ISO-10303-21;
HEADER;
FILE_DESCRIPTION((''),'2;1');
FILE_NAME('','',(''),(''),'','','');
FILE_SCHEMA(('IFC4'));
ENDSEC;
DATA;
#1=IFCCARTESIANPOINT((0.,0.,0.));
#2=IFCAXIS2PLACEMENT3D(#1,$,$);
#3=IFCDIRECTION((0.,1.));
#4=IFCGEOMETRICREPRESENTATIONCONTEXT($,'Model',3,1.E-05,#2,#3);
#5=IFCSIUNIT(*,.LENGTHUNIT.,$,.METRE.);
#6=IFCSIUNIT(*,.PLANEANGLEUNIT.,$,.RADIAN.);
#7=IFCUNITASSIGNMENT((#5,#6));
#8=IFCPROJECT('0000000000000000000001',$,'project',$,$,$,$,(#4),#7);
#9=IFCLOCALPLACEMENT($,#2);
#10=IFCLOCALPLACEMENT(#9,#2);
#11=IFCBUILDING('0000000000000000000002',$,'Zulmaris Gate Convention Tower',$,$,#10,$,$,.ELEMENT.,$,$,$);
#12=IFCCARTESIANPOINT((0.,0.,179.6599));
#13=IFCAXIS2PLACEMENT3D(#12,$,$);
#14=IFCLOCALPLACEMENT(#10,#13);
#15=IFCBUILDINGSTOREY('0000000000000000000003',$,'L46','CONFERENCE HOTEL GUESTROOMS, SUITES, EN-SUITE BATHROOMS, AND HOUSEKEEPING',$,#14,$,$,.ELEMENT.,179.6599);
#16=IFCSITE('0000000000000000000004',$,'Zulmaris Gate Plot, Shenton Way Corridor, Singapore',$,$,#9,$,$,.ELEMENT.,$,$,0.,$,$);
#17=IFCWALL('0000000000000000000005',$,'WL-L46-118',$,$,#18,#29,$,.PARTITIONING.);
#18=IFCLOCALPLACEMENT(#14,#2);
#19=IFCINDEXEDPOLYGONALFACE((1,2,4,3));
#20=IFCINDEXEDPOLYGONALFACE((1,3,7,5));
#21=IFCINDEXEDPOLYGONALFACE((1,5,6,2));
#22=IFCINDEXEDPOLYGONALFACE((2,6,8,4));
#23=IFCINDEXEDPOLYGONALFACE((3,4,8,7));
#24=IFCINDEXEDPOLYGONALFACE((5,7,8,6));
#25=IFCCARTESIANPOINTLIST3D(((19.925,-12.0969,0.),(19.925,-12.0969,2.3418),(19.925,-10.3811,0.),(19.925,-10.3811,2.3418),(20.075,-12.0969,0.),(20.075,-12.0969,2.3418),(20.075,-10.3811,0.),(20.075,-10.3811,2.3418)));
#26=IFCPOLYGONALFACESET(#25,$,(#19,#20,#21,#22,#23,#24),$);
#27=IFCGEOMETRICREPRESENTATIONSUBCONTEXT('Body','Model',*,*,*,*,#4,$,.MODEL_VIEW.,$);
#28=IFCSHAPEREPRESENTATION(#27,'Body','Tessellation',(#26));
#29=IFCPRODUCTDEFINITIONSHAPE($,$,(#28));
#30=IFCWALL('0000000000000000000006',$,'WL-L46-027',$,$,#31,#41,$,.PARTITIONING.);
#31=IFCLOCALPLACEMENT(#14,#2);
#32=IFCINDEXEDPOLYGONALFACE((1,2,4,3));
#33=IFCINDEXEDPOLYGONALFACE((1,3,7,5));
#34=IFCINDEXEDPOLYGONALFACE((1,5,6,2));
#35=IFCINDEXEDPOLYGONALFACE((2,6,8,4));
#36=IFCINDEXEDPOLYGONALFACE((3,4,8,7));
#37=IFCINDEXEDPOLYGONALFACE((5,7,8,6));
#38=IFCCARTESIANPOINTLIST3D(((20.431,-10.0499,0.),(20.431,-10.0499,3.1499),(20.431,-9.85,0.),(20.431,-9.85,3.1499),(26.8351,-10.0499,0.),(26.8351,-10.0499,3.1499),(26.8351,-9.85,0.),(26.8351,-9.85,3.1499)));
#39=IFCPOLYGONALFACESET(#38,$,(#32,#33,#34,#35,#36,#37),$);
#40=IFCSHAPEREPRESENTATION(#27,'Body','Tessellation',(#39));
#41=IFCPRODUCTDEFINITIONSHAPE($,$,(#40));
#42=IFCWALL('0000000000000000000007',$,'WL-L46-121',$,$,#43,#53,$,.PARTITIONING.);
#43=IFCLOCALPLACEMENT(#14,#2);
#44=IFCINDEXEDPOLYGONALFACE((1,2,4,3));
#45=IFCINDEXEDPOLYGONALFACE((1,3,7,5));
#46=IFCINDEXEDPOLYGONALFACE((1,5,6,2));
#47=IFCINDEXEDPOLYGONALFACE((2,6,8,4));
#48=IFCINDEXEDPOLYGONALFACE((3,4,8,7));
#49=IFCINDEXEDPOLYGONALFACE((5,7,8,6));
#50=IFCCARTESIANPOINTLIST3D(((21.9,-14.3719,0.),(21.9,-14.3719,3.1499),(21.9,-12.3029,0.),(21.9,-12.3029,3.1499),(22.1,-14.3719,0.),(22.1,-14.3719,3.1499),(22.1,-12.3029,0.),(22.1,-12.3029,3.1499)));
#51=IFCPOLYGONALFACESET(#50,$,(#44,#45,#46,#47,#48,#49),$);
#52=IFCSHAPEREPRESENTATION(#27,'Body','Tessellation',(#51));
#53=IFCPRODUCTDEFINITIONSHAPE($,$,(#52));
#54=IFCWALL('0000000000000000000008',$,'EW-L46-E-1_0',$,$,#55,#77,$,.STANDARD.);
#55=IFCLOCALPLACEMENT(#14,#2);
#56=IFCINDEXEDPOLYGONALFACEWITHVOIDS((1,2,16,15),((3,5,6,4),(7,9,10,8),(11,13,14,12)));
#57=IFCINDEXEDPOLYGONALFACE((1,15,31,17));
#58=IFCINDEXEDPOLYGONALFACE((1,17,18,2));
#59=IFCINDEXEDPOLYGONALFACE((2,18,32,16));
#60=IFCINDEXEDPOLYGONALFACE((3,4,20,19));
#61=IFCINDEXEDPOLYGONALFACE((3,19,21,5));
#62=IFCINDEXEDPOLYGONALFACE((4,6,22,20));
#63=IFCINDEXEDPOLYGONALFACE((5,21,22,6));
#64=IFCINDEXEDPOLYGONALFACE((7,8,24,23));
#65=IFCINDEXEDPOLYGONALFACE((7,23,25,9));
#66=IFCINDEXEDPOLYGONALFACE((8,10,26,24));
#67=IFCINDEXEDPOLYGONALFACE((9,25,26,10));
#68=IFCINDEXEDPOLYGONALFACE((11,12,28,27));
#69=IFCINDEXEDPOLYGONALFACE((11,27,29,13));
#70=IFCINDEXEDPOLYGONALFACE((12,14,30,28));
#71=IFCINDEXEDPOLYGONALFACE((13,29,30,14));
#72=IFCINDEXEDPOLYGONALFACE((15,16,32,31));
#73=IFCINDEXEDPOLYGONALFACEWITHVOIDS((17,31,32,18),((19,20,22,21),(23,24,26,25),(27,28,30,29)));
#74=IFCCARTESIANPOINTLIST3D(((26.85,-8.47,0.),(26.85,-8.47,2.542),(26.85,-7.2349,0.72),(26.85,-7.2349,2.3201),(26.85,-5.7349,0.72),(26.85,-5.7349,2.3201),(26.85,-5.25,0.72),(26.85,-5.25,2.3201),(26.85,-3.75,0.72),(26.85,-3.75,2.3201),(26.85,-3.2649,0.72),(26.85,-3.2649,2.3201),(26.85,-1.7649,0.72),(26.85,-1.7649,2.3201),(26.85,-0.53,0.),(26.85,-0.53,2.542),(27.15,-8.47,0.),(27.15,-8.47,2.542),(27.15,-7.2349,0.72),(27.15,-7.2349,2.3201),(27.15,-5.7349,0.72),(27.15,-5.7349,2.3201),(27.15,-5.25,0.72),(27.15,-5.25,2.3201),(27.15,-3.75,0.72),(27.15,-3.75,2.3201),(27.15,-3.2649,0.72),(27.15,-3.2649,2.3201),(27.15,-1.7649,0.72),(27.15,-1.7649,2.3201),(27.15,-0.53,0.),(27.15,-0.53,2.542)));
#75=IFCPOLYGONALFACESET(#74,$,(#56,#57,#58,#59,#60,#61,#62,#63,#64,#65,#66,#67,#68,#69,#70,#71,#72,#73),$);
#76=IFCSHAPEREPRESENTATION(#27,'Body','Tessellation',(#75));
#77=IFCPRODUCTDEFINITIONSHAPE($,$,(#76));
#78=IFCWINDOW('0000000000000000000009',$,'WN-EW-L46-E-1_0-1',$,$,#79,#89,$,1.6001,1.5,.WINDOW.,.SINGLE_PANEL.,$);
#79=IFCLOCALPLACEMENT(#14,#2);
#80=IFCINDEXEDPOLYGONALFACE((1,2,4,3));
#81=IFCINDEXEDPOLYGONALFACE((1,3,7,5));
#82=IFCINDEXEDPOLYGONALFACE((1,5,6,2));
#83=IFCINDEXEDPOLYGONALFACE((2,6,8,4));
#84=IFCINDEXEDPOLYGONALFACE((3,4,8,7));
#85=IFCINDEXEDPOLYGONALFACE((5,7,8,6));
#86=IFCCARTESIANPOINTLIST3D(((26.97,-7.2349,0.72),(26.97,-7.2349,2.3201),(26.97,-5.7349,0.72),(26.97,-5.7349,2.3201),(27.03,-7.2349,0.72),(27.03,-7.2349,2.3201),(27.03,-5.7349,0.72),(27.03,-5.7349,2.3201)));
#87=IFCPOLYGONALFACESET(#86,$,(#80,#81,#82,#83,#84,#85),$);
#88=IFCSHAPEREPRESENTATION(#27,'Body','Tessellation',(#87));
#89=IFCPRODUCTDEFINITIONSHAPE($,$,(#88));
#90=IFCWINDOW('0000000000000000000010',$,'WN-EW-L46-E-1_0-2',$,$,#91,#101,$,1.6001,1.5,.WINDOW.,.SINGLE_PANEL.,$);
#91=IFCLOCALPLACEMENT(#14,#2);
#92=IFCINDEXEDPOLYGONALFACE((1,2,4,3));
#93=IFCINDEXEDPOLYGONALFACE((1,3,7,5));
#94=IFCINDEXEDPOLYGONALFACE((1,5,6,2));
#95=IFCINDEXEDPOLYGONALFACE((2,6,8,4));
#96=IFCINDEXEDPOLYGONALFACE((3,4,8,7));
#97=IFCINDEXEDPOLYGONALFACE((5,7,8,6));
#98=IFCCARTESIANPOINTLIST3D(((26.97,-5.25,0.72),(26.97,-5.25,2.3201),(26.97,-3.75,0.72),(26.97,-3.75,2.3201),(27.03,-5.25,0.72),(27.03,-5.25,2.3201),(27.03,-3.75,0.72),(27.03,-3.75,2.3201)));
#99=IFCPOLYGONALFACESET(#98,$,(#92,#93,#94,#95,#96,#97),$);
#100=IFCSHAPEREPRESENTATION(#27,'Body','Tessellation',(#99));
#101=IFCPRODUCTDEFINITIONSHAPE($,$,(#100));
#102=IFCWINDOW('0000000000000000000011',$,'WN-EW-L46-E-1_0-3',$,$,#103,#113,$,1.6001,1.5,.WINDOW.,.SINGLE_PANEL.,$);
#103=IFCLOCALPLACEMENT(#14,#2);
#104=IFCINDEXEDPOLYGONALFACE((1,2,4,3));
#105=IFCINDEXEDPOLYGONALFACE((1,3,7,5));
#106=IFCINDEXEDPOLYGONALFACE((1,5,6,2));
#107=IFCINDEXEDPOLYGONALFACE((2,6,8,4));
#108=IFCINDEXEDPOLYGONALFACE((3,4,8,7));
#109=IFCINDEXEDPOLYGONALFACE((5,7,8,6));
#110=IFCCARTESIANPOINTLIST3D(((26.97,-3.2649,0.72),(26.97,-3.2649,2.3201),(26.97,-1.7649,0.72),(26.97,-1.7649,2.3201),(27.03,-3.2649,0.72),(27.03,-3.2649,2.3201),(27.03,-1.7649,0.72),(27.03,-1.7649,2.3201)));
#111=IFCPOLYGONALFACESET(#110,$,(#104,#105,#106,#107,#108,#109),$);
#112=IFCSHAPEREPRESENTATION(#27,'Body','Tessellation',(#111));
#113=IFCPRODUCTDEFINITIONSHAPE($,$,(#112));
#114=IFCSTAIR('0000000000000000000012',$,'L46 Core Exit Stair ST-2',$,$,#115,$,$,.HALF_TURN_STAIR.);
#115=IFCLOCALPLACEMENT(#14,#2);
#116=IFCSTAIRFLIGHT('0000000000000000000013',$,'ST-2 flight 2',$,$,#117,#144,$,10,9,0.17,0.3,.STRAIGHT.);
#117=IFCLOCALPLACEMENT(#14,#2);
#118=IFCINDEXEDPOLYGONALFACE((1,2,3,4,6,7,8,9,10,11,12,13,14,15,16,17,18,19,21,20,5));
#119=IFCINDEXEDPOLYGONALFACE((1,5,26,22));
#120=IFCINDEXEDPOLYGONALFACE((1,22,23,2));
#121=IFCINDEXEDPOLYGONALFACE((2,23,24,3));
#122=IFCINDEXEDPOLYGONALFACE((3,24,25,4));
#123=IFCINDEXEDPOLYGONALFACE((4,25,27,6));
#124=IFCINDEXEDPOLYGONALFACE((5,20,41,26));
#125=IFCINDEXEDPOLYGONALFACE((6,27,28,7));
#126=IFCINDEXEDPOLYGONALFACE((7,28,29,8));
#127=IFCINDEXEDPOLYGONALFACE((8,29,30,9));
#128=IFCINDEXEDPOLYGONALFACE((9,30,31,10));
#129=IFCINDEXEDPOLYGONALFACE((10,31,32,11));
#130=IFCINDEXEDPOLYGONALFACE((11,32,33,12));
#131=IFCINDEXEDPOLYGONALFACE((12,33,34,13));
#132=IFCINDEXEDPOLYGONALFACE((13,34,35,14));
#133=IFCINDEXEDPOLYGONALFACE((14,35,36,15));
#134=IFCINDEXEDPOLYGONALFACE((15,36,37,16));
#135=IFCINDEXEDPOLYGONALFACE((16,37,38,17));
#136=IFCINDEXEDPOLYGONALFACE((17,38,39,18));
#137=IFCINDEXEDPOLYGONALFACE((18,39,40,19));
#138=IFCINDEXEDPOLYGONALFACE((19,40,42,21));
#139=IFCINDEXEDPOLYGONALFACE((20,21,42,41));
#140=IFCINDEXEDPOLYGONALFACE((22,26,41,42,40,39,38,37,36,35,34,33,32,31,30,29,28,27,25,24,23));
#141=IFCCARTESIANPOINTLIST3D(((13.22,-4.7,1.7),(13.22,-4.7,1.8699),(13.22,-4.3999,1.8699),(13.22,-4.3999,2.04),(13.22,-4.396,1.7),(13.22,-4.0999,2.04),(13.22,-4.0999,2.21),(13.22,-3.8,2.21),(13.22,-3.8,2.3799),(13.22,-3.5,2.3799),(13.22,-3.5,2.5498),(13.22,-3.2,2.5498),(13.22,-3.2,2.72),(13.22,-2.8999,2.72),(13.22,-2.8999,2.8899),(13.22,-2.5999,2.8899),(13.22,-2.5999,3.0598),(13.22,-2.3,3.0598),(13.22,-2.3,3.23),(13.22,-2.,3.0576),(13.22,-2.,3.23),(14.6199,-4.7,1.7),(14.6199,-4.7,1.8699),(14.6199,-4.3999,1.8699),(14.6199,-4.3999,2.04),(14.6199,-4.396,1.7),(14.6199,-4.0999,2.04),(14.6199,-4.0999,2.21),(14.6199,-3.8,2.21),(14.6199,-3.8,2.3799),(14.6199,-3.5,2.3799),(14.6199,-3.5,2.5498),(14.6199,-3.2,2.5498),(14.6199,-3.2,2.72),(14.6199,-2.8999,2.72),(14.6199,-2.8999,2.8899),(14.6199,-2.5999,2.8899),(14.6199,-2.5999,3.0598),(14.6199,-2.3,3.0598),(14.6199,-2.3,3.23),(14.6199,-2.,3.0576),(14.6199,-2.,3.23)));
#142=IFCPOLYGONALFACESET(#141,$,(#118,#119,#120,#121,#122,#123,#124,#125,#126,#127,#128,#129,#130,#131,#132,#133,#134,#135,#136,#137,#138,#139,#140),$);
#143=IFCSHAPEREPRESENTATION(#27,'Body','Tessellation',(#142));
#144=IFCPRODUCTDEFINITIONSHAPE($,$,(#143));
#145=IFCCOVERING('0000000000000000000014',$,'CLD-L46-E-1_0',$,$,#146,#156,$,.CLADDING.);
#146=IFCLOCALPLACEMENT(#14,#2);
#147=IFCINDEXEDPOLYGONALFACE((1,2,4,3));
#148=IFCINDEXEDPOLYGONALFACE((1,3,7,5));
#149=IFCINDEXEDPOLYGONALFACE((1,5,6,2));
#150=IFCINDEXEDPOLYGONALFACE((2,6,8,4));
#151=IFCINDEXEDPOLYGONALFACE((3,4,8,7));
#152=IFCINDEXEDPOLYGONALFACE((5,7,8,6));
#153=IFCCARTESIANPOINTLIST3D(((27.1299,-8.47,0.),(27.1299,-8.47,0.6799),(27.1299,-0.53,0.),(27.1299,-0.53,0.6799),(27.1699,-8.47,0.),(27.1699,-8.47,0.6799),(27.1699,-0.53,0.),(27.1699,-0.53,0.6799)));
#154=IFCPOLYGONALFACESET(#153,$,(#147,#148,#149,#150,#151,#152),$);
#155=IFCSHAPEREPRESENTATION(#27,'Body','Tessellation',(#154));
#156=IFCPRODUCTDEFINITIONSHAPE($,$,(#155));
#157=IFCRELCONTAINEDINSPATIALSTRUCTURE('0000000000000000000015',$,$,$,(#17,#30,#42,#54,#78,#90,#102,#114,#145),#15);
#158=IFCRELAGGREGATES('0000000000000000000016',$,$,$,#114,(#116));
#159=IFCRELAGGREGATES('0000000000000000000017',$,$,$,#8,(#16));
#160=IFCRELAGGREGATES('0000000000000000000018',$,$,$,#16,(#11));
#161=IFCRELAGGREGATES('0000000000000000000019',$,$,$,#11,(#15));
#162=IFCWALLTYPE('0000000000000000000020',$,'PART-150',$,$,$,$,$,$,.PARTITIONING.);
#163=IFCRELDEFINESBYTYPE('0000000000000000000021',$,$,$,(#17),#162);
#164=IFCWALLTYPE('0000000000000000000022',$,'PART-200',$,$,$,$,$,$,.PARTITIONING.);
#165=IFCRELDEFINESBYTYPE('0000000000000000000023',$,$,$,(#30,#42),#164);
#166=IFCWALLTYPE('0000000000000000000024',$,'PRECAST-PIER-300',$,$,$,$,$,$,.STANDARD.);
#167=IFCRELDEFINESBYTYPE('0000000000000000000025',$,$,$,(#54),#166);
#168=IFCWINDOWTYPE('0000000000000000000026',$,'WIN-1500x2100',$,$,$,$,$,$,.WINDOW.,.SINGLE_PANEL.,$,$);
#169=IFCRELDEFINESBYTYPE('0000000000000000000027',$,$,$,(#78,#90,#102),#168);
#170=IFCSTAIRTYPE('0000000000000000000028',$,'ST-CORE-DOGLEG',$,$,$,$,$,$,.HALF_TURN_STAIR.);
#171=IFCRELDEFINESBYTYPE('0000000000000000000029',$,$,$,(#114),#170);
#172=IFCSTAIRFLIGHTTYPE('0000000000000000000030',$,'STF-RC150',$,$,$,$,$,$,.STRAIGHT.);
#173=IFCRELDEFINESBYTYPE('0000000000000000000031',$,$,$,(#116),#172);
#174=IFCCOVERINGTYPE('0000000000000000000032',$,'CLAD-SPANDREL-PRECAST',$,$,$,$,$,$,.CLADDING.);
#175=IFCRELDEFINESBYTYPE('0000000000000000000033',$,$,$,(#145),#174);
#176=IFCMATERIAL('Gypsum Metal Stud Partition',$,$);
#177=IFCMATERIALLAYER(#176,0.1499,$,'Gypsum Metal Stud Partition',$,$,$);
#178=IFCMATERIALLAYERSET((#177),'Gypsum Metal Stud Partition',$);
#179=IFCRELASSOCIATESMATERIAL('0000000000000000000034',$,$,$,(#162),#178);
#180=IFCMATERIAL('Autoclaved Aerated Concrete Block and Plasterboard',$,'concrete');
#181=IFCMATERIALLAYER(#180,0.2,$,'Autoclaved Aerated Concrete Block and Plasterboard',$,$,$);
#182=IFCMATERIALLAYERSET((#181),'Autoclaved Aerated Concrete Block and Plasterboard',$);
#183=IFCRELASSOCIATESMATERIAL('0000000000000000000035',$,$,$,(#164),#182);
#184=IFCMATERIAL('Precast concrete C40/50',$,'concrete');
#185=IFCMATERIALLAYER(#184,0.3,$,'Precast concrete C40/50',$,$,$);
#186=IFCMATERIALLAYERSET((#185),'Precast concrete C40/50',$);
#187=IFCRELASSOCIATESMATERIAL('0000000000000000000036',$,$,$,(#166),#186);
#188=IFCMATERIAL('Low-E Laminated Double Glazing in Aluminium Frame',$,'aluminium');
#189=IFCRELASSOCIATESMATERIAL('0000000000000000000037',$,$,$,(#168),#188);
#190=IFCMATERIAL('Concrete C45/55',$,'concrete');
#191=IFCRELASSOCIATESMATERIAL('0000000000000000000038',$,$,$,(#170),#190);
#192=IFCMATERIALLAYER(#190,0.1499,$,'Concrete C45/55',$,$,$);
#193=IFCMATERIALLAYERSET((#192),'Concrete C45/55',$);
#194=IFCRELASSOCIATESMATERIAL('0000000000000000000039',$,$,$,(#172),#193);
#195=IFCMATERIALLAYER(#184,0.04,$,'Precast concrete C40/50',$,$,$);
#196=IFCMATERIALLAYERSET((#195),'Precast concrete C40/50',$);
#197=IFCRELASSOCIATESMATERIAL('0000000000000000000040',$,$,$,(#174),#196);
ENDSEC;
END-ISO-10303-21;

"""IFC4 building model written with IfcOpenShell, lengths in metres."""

from ifc_helpers import new_model, si_unit, direction, frame, frame_2d, origin, place, context, subcontext, project, spatial, polyline, rectangle, outline, extrude, material, layer, layer_set, type_object, element, fill, aggregate, save


model = new_model("IFC4")

# Units and contexts
model_context = context("Model", 3, precision=1e-05, world=origin(), true_north=direction((0.0, 1.0)))
body_context = subcontext(model_context, "Body", "Model", "MODEL_VIEW")
ifc_project = project(units=[si_unit("LENGTHUNIT", "METRE"), si_unit("PLANEANGLEUNIT", "RADIAN")], contexts=[model_context])

# Site, building, storey
site_placement = place(None, origin())
site = spatial("IfcSite", under=ifc_project, at=site_placement, Name="Zulmaris Gate Plot, Shenton Way Corridor, Singapore", CompositionType="ELEMENT", RefElevation=0.0)
building_placement = place(site_placement, origin())
building = spatial("IfcBuilding", under=site, at=building_placement, Name="Zulmaris Gate Convention Tower", CompositionType="ELEMENT")
storey_placement = place(building_placement, frame((0.0, 0.0, 179.6599)))
storey = spatial("IfcBuildingStorey", under=building, at=storey_placement, Name="L46", Description="CONFERENCE HOTEL GUESTROOMS, SUITES, EN-SUITE BATHROOMS, AND HOUSEKEEPING", CompositionType="ELEMENT", Elevation=179.6599)

# Walls
ifc_material_1 = material(Name="Gypsum Metal Stud Partition")
ifc_layer_1 = layer(ifc_material_1, 0.1499, Name="Gypsum Metal Stud Partition")
ifc_layer_set_1 = layer_set([ifc_layer_1], Name="Gypsum Metal Stud Partition")
wall_type_1 = type_object("IfcWallType", Name="PART-150", PredefinedType="PARTITIONING", material=ifc_layer_set_1)
wall_1_placement = place(storey_placement, frame((20.0, -12.0969, 0.0), z_axis=(0.0, 0.0, 1.0), x_axis=(0.0, 1.0, 0.0)))
element("IfcWall", 1, at=wall_1_placement, inside=storey, type_object=wall_type_1, Name="WL-L46-118", PredefinedType="PARTITIONING", context=body_context, shape_type="SweptSolid", body=[
    extrude(rectangle(XDim=1.7158, YDim=0.1499, at=frame_2d((0.8579, 0.0))), origin(), (0.0, 0.0, 1.0), 2.3418),
])
ifc_material_2 = material(Name="Autoclaved Aerated Concrete Block and Plasterboard", Category="concrete")
ifc_layer_2 = layer(ifc_material_2, 0.2, Name="Autoclaved Aerated Concrete Block and Plasterboard")
ifc_layer_set_2 = layer_set([ifc_layer_2], Name="Autoclaved Aerated Concrete Block and Plasterboard")
wall_type_2 = type_object("IfcWallType", Name="PART-200", PredefinedType="PARTITIONING", material=ifc_layer_set_2)
wall_2_placement = place(storey_placement, frame((20.4309, -9.95, 0.0), z_axis=(0.0, 0.0, 1.0), x_axis=(1.0, 0.0, 0.0)))
element("IfcWall", 2, at=wall_2_placement, inside=storey, type_object=wall_type_2, Name="WL-L46-027", PredefinedType="PARTITIONING", context=body_context, shape_type="SweptSolid", body=[
    extrude(rectangle(XDim=6.4041, YDim=0.2, at=frame_2d((3.2021, 0.0))), origin(), (0.0, 0.0, 1.0), 3.1499),
])
wall_3_placement = place(storey_placement, frame((22.0, -14.3721, 0.0), z_axis=(0.0, 0.0, 1.0), x_axis=(0.0, 1.0, 0.0)))
element("IfcWall", 3, at=wall_3_placement, inside=storey, type_object=wall_type_2, Name="WL-L46-121", PredefinedType="PARTITIONING", context=body_context, shape_type="SweptSolid", body=[
    extrude(rectangle(XDim=2.0691, YDim=0.2, at=frame_2d((1.0347, 0.0))), origin(), (0.0, 0.0, 1.0), 3.1499),
])

# Wall, openings, windows
ifc_material_3 = material(Name="Precast concrete C40/50", Category="concrete")
ifc_layer_3 = layer(ifc_material_3, 0.3, Name="Precast concrete C40/50")
ifc_layer_set_3 = layer_set([ifc_layer_3], Name="Precast concrete C40/50")
wall_type_3 = type_object("IfcWallType", Name="PRECAST-PIER-300", PredefinedType="STANDARD", material=ifc_layer_set_3)
wall_4_placement = place(storey_placement, frame((27.0, -8.47, 0.0), z_axis=(0.0, 0.0, 1.0), x_axis=(0.0, 1.0, 0.0)))
wall_4 = element("IfcWall", 4, at=wall_4_placement, inside=storey, type_object=wall_type_3, Name="EW-L46-E-1_0", PredefinedType="STANDARD", context=body_context, shape_type="SweptSolid", body=[
    extrude(rectangle(XDim=7.9399, YDim=0.3, at=frame_2d((3.97, 0.0))), origin(), (0.0, 0.0, 1.0), 2.542),
])
opening_1_placement = place(wall_4_placement, frame((1.2351, 0.0, 0.72)))
opening_1 = element("IfcOpeningElement", 5, at=opening_1_placement, cuts=wall_4, PredefinedType="OPENING", context=body_context, shape_type="SweptSolid", body=[
    extrude(rectangle(XDim=1.5, YDim=1.6001, at=frame_2d((0.75, 0.8))), frame((0.0, 0.1602, 0.0), z_axis=(0.0, -1.0, 0.0), x_axis=(1.0, 0.0, 0.0)), (0.0, 0.0, 1.0), 0.3201),
])
opening_2_placement = place(wall_4_placement, frame((3.22, 0.0, 0.72)))
opening_2 = element("IfcOpeningElement", 6, at=opening_2_placement, cuts=wall_4, PredefinedType="OPENING", context=body_context, shape_type="SweptSolid", body=[
    extrude(rectangle(XDim=1.5, YDim=1.6001, at=frame_2d((0.75, 0.8))), frame((0.0, 0.1602, 0.0), z_axis=(0.0, -1.0, 0.0), x_axis=(1.0, 0.0, 0.0)), (0.0, 0.0, 1.0), 0.3201),
])
opening_3_placement = place(wall_4_placement, frame((5.2051, 0.0, 0.72)))
opening_3 = element("IfcOpeningElement", 7, at=opening_3_placement, cuts=wall_4, PredefinedType="OPENING", context=body_context, shape_type="SweptSolid", body=[
    extrude(rectangle(XDim=1.5, YDim=1.6001, at=frame_2d((0.75, 0.8))), frame((0.0, 0.1602, 0.0), z_axis=(0.0, -1.0, 0.0), x_axis=(1.0, 0.0, 0.0)), (0.0, 0.0, 1.0), 0.3201),
])
ifc_material_4 = material(Name="Low-E Laminated Double Glazing in Aluminium Frame", Category="aluminium")
window_type = type_object("IfcWindowType", Name="WIN-1500x2100", PartitioningType="SINGLE_PANEL", PredefinedType="WINDOW", material=ifc_material_4)
window_1_placement = place(opening_1_placement, origin())
window_1 = element("IfcWindow", 8, at=window_1_placement, inside=storey, type_object=window_type, Name="WN-EW-L46-E-1_0-1", OverallHeight=1.6001, OverallWidth=1.5, PartitioningType="SINGLE_PANEL", PredefinedType="WINDOW", context=body_context, shape_type="SweptSolid", body=[
    extrude(rectangle(XDim=1.5, YDim=1.6001, at=frame_2d((0.75, 0.8))), frame((0.0, 0.03, 0.0), z_axis=(0.0, -1.0, 0.0), x_axis=(1.0, 0.0, 0.0)), (0.0, 0.0, 1.0), 0.0601),
])
fill(opening_1, window_1)
window_2_placement = place(opening_2_placement, origin())
window_2 = element("IfcWindow", 9, at=window_2_placement, inside=storey, type_object=window_type, Name="WN-EW-L46-E-1_0-2", OverallHeight=1.6001, OverallWidth=1.5, PartitioningType="SINGLE_PANEL", PredefinedType="WINDOW", context=body_context, shape_type="SweptSolid", body=[
    extrude(rectangle(XDim=1.5, YDim=1.6001, at=frame_2d((0.75, 0.8))), frame((0.0, 0.03, 0.0), z_axis=(0.0, -1.0, 0.0), x_axis=(1.0, 0.0, 0.0)), (0.0, 0.0, 1.0), 0.0601),
])
fill(opening_2, window_2)
window_3_placement = place(opening_3_placement, origin())
window_3 = element("IfcWindow", 10, at=window_3_placement, inside=storey, type_object=window_type, Name="WN-EW-L46-E-1_0-3", OverallHeight=1.6001, OverallWidth=1.5, PartitioningType="SINGLE_PANEL", PredefinedType="WINDOW", context=body_context, shape_type="SweptSolid", body=[
    extrude(rectangle(XDim=1.5, YDim=1.6001, at=frame_2d((0.75, 0.8))), frame((0.0, 0.03, 0.0), z_axis=(0.0, -1.0, 0.0), x_axis=(1.0, 0.0, 0.0)), (0.0, 0.0, 1.0), 0.0601),
])
fill(opening_3, window_3)

# Stair, stair flight
ifc_material_5 = material(Name="Concrete C45/55", Category="concrete")
stair_type = type_object("IfcStairType", Name="ST-CORE-DOGLEG", PredefinedType="HALF_TURN_STAIR", material=ifc_material_5)
stair_placement = place(storey_placement, origin())
stair = element("IfcStair", 11, at=stair_placement, inside=storey, type_object=stair_type, Name="L46 Core Exit Stair ST-2", PredefinedType="HALF_TURN_STAIR")
ifc_layer_4 = layer(ifc_material_5, 0.1499, Name="Concrete C45/55")
ifc_layer_set_4 = layer_set([ifc_layer_4], Name="Concrete C45/55")
stair_flight_type = type_object("IfcStairFlightType", Name="STF-RC150", PredefinedType="STRAIGHT", material=ifc_layer_set_4)
stair_flight_placement = place(storey_placement, frame((13.9199, -4.7, 1.7), z_axis=(0.0, 0.0, 1.0), x_axis=(0.0, 1.0, 0.0)))
stair_flight = element("IfcStairFlight", 12, at=stair_flight_placement, type_object=stair_flight_type, Name="ST-2 flight 2", NumberOfRisers=10, NumberOfTreads=9, PredefinedType="STRAIGHT", RiserHeight=0.17, TreadLength=0.3, context=body_context, shape_type="SweptSolid", body=[
    extrude(outline(polyline([(0.0, 0.0), (0.0, 0.1699), (0.3, 0.1699), (0.3, 0.3401), (0.6001, 0.3401), (0.6001, 0.51), (0.8999, 0.51), (0.8999, 0.6799), (1.2, 0.6799), (1.2, 0.8499), (1.5, 0.8499), (1.5, 1.02), (1.8, 1.02), (1.8, 1.1899), (2.1001, 1.1899), (2.1001, 1.3599), (2.3999, 1.3599), (2.3999, 1.53), (2.7, 1.53), (2.7, 1.7), (2.7, 1.3577), (0.304, 0.0), (0.0, 0.0)])), frame((0.0, 0.7, 0.0), z_axis=(0.0, -1.0, 0.0), x_axis=(1.0, 0.0, 0.0)), (0.0, 0.0, 1.0), 1.3999),
])
aggregate(stair, [stair_flight])

# Covering
ifc_layer_5 = layer(ifc_material_3, 0.04, Name="Precast concrete C40/50")
ifc_layer_set_5 = layer_set([ifc_layer_5], Name="Precast concrete C40/50")
covering_type = type_object("IfcCoveringType", Name="CLAD-SPANDREL-PRECAST", PredefinedType="CLADDING", material=ifc_layer_set_5)
covering_placement = place(storey_placement, frame((27.1499, -8.47, 0.0), z_axis=(0.0, 0.0, 1.0), x_axis=(0.0, 1.0, 0.0)))
element("IfcCovering", 13, at=covering_placement, inside=storey, type_object=covering_type, Name="CLD-L46-E-1_0", PredefinedType="CLADDING", context=body_context, shape_type="SweptSolid", body=[
    extrude(rectangle(XDim=7.9399, YDim=0.04, at=frame_2d((3.97, 0.0))), origin(), (0.0, 0.0, 1.0), 0.6799),
])

save(model, "model.ifc")
